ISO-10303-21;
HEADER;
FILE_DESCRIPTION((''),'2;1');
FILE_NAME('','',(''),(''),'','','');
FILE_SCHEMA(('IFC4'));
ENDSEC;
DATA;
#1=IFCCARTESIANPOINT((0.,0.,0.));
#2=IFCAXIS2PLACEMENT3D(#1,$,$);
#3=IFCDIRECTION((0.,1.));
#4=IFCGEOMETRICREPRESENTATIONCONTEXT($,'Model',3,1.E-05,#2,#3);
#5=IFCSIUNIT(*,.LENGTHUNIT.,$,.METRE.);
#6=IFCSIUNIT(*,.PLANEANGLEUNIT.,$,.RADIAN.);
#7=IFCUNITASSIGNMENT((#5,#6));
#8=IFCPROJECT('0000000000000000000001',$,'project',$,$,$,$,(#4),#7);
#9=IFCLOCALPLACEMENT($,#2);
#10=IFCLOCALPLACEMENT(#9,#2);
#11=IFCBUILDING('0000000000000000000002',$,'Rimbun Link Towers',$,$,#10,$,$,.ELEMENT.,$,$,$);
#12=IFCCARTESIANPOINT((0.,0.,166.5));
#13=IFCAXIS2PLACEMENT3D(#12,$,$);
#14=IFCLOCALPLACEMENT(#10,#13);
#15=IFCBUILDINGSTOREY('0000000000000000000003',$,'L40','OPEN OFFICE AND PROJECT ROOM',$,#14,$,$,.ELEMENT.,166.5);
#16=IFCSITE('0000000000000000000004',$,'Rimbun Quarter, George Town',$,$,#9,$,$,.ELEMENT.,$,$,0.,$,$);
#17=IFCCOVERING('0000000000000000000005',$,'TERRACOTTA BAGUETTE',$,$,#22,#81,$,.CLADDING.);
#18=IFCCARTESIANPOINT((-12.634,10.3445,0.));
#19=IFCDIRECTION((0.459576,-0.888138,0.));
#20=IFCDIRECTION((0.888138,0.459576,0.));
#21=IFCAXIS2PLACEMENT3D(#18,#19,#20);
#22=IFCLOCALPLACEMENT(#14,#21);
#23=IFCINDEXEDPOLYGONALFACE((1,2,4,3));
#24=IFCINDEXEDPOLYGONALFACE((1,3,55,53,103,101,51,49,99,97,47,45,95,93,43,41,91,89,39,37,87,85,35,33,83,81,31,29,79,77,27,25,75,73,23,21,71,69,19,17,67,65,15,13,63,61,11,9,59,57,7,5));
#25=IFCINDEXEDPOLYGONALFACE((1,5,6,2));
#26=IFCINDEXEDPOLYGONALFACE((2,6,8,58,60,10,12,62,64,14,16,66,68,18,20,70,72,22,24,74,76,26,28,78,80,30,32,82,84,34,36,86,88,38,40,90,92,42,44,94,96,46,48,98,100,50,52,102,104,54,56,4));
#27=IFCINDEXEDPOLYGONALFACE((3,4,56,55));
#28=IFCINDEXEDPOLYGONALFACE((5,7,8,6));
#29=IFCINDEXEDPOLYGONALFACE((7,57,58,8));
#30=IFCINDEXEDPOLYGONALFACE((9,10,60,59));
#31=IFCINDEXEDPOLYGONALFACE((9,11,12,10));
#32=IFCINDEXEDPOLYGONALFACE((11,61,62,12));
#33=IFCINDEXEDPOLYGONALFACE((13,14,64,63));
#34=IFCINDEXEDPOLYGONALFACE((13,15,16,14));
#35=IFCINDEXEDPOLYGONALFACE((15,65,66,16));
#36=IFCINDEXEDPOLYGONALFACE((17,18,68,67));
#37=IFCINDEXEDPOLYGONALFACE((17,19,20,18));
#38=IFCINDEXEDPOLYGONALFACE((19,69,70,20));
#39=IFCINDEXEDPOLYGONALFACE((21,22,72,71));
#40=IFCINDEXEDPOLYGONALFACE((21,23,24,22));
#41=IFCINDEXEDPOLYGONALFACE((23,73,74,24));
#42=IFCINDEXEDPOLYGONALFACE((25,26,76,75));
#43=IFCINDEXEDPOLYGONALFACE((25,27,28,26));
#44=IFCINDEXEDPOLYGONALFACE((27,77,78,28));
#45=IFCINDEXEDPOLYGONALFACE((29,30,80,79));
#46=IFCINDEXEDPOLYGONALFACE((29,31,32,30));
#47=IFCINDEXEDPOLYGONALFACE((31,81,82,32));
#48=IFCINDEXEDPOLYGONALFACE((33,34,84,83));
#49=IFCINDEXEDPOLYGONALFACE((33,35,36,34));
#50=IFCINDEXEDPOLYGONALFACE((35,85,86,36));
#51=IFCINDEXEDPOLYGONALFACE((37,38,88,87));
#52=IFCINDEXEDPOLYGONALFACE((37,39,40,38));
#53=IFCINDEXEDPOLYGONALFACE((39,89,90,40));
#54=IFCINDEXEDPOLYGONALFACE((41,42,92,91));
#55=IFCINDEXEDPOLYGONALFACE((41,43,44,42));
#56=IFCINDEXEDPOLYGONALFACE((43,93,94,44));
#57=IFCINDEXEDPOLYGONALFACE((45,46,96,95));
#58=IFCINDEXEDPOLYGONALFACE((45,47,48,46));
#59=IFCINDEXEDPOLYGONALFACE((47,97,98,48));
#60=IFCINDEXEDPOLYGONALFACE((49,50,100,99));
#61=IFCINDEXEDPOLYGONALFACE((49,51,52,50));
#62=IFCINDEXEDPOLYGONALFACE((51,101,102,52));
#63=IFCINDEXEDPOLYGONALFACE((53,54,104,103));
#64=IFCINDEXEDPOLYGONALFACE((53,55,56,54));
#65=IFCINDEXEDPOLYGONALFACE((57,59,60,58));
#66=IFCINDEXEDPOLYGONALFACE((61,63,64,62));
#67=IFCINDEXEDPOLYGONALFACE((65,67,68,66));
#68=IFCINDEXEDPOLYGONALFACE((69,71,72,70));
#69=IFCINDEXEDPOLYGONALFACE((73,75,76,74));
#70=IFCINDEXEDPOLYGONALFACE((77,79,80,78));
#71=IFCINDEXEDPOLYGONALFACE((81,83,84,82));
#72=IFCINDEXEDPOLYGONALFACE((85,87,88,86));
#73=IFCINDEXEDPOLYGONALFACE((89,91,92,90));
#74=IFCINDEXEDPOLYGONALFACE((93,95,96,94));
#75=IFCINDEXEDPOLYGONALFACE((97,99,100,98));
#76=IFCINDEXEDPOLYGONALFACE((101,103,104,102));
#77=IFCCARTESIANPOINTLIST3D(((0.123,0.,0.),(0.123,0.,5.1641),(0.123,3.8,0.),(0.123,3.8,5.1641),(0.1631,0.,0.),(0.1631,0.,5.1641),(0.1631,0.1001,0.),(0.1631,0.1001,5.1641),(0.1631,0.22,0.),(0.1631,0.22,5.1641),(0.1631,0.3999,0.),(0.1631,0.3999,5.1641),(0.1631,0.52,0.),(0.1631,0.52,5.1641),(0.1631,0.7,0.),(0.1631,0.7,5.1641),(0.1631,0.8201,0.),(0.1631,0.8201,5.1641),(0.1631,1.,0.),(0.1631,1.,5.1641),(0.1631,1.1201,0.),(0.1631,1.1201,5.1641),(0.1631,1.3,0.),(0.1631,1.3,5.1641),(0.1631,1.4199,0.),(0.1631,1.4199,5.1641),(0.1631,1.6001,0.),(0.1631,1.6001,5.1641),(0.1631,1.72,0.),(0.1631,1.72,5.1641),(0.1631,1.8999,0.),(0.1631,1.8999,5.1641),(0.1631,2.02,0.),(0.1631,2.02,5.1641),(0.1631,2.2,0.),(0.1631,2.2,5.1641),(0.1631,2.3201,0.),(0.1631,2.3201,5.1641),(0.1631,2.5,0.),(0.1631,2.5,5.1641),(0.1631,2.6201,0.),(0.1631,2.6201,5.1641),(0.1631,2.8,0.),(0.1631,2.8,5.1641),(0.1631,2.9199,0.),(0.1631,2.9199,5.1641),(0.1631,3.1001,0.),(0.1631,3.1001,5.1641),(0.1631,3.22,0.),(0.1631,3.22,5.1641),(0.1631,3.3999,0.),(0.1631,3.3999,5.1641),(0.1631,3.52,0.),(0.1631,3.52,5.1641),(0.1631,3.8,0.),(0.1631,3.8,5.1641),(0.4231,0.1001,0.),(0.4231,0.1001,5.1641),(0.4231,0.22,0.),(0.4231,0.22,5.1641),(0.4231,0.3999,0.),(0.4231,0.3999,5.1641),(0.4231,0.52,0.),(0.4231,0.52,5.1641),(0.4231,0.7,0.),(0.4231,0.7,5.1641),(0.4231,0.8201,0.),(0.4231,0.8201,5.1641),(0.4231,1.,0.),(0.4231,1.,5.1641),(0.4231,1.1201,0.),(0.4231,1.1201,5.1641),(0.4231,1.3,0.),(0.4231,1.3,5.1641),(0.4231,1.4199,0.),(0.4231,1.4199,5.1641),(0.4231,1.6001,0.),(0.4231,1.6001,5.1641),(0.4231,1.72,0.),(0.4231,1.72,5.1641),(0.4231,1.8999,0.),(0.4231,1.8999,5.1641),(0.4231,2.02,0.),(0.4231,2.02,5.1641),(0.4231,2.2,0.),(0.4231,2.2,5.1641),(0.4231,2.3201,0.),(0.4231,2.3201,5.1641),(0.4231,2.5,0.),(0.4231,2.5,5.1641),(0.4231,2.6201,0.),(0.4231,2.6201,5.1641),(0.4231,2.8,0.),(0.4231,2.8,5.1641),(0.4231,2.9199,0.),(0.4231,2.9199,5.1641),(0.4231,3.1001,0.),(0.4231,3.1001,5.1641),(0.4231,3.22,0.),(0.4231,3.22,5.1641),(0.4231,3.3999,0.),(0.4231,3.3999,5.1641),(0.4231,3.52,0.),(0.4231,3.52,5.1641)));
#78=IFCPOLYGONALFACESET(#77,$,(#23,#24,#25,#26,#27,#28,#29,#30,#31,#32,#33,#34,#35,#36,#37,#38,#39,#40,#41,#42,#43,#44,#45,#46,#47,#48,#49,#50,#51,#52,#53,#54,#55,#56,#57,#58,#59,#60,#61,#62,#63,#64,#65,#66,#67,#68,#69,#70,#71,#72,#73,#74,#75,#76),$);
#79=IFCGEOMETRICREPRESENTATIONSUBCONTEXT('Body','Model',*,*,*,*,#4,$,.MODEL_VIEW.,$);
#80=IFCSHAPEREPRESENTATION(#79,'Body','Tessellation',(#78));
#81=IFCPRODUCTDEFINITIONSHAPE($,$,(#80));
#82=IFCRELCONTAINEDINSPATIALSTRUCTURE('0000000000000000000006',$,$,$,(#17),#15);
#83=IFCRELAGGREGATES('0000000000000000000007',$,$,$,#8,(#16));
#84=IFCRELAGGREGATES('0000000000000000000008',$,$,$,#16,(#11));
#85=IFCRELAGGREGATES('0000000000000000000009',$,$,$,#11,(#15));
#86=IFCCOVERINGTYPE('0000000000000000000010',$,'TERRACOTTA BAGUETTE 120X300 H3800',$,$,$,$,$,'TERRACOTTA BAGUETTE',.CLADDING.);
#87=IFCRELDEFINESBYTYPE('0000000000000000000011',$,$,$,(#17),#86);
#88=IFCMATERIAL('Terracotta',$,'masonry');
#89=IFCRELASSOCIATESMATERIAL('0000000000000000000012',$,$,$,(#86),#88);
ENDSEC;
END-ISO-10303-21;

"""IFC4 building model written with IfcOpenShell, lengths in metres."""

from ifc_helpers import new_model, si_unit, direction, frame, origin, place, context, subcontext, project, spatial, polyline, outline, extrude, material, material_profile, profile_set, type_object, element, save


model = new_model("IFC4")

# Units and contexts
model_context = context("Model", 3, precision=1e-05, world=origin(), true_north=direction((0.0, 1.0)))
body_context = subcontext(model_context, "Body", "Model", "MODEL_VIEW")
ifc_project = project(units=[si_unit("LENGTHUNIT", "METRE"), si_unit("PLANEANGLEUNIT", "RADIAN")], contexts=[model_context])

# Site, building, storey
site_placement = place(None, origin())
site = spatial("IfcSite", under=ifc_project, at=site_placement, Name="Rimbun Quarter, George Town", CompositionType="ELEMENT", RefElevation=0.0)
building_placement = place(site_placement, origin())
building = spatial("IfcBuilding", under=site, at=building_placement, Name="Rimbun Link Towers", CompositionType="ELEMENT")
storey_placement = place(building_placement, frame((0.0, 0.0, 166.5)))
storey = spatial("IfcBuildingStorey", under=building, at=storey_placement, Name="L40", Description="OPEN OFFICE AND PROJECT ROOM", CompositionType="ELEMENT", Elevation=166.5)

# Covering
ifc_material_1 = material(Name="Terracotta", Category="masonry")
ifc_material_profile_1 = material_profile(ifc_material_1, outline(polyline([(0.123, 0.0), (0.1631, 0.0), (0.1631, 0.1001), (0.4231, 0.1001), (0.4231, 0.22), (0.1631, 0.22), (0.1631, 0.3999), (0.4231, 0.3999), (0.4231, 0.52), (0.1631, 0.52), (0.1631, 0.7), (0.4231, 0.7), (0.4231, 0.8201), (0.1631, 0.8201), (0.1631, 1.0), (0.4231, 1.0), (0.4231, 1.1201), (0.1631, 1.1201), (0.1631, 1.3), (0.4231, 1.3), (0.4231, 1.4199), (0.1631, 1.4199), (0.1631, 1.6001), (0.4231, 1.6001), (0.4231, 1.72), (0.1631, 1.72), (0.1631, 1.8999), (0.4231, 1.8999), (0.4231, 2.02), (0.1631, 2.02), (0.1631, 2.2), (0.4231, 2.2), (0.4231, 2.3201), (0.1631, 2.3201), (0.1631, 2.5), (0.4231, 2.5), (0.4231, 2.6201), (0.1631, 2.6201), (0.1631, 2.8), (0.4231, 2.8), (0.4231, 2.9199), (0.1631, 2.9199), (0.1631, 3.1001), (0.4231, 3.1001), (0.4231, 3.22), (0.1631, 3.22), (0.1631, 3.3999), (0.4231, 3.3999), (0.4231, 3.52), (0.1631, 3.52), (0.1631, 3.8), (0.123, 3.8), (0.123, 0.0)])), Name="BAGUETTE 120X300")
ifc_profile_set_1 = profile_set([ifc_material_profile_1], Name="Terracotta")
covering_type = type_object("IfcCoveringType", Name="TERRACOTTA BAGUETTE 120X300 H3800", ElementType="TERRACOTTA BAGUETTE", PredefinedType="CLADDING", material=ifc_profile_set_1)
covering_1_placement = place(storey_placement, frame((-12.634, 10.3445, 0.0), z_axis=(0.459576, -0.888138, 0.0), x_axis=(0.888138, 0.459576, 0.0)))
element("IfcCovering", 1, at=covering_1_placement, inside=storey, type_object=covering_type, Name="TERRACOTTA BAGUETTE", PredefinedType="CLADDING", context=body_context, shape_type="SweptSolid", body=[
    extrude(outline(polyline([(0.123, 0.0), (0.1631, 0.0), (0.1631, 0.1001), (0.4231, 0.1001), (0.4231, 0.22), (0.1631, 0.22), (0.1631, 0.3999), (0.4231, 0.3999), (0.4231, 0.52), (0.1631, 0.52), (0.1631, 0.7), (0.4231, 0.7), (0.4231, 0.8201), (0.1631, 0.8201), (0.1631, 1.0), (0.4231, 1.0), (0.4231, 1.1201), (0.1631, 1.1201), (0.1631, 1.3), (0.4231, 1.3), (0.4231, 1.4199), (0.1631, 1.4199), (0.1631, 1.6001), (0.4231, 1.6001), (0.4231, 1.72), (0.1631, 1.72), (0.1631, 1.8999), (0.4231, 1.8999), (0.4231, 2.02), (0.1631, 2.02), (0.1631, 2.2), (0.4231, 2.2), (0.4231, 2.3201), (0.1631, 2.3201), (0.1631, 2.5), (0.4231, 2.5), (0.4231, 2.6201), (0.1631, 2.6201), (0.1631, 2.8), (0.4231, 2.8), (0.4231, 2.9199), (0.1631, 2.9199), (0.1631, 3.1001), (0.4231, 3.1001), (0.4231, 3.22), (0.1631, 3.22), (0.1631, 3.3999), (0.4231, 3.3999), (0.4231, 3.52), (0.1631, 3.52), (0.1631, 3.8), (0.123, 3.8), (0.123, 0.0)])), origin(), (0.0, 0.0, 1.0), 5.1641),
])

save(model, "model.ifc")
